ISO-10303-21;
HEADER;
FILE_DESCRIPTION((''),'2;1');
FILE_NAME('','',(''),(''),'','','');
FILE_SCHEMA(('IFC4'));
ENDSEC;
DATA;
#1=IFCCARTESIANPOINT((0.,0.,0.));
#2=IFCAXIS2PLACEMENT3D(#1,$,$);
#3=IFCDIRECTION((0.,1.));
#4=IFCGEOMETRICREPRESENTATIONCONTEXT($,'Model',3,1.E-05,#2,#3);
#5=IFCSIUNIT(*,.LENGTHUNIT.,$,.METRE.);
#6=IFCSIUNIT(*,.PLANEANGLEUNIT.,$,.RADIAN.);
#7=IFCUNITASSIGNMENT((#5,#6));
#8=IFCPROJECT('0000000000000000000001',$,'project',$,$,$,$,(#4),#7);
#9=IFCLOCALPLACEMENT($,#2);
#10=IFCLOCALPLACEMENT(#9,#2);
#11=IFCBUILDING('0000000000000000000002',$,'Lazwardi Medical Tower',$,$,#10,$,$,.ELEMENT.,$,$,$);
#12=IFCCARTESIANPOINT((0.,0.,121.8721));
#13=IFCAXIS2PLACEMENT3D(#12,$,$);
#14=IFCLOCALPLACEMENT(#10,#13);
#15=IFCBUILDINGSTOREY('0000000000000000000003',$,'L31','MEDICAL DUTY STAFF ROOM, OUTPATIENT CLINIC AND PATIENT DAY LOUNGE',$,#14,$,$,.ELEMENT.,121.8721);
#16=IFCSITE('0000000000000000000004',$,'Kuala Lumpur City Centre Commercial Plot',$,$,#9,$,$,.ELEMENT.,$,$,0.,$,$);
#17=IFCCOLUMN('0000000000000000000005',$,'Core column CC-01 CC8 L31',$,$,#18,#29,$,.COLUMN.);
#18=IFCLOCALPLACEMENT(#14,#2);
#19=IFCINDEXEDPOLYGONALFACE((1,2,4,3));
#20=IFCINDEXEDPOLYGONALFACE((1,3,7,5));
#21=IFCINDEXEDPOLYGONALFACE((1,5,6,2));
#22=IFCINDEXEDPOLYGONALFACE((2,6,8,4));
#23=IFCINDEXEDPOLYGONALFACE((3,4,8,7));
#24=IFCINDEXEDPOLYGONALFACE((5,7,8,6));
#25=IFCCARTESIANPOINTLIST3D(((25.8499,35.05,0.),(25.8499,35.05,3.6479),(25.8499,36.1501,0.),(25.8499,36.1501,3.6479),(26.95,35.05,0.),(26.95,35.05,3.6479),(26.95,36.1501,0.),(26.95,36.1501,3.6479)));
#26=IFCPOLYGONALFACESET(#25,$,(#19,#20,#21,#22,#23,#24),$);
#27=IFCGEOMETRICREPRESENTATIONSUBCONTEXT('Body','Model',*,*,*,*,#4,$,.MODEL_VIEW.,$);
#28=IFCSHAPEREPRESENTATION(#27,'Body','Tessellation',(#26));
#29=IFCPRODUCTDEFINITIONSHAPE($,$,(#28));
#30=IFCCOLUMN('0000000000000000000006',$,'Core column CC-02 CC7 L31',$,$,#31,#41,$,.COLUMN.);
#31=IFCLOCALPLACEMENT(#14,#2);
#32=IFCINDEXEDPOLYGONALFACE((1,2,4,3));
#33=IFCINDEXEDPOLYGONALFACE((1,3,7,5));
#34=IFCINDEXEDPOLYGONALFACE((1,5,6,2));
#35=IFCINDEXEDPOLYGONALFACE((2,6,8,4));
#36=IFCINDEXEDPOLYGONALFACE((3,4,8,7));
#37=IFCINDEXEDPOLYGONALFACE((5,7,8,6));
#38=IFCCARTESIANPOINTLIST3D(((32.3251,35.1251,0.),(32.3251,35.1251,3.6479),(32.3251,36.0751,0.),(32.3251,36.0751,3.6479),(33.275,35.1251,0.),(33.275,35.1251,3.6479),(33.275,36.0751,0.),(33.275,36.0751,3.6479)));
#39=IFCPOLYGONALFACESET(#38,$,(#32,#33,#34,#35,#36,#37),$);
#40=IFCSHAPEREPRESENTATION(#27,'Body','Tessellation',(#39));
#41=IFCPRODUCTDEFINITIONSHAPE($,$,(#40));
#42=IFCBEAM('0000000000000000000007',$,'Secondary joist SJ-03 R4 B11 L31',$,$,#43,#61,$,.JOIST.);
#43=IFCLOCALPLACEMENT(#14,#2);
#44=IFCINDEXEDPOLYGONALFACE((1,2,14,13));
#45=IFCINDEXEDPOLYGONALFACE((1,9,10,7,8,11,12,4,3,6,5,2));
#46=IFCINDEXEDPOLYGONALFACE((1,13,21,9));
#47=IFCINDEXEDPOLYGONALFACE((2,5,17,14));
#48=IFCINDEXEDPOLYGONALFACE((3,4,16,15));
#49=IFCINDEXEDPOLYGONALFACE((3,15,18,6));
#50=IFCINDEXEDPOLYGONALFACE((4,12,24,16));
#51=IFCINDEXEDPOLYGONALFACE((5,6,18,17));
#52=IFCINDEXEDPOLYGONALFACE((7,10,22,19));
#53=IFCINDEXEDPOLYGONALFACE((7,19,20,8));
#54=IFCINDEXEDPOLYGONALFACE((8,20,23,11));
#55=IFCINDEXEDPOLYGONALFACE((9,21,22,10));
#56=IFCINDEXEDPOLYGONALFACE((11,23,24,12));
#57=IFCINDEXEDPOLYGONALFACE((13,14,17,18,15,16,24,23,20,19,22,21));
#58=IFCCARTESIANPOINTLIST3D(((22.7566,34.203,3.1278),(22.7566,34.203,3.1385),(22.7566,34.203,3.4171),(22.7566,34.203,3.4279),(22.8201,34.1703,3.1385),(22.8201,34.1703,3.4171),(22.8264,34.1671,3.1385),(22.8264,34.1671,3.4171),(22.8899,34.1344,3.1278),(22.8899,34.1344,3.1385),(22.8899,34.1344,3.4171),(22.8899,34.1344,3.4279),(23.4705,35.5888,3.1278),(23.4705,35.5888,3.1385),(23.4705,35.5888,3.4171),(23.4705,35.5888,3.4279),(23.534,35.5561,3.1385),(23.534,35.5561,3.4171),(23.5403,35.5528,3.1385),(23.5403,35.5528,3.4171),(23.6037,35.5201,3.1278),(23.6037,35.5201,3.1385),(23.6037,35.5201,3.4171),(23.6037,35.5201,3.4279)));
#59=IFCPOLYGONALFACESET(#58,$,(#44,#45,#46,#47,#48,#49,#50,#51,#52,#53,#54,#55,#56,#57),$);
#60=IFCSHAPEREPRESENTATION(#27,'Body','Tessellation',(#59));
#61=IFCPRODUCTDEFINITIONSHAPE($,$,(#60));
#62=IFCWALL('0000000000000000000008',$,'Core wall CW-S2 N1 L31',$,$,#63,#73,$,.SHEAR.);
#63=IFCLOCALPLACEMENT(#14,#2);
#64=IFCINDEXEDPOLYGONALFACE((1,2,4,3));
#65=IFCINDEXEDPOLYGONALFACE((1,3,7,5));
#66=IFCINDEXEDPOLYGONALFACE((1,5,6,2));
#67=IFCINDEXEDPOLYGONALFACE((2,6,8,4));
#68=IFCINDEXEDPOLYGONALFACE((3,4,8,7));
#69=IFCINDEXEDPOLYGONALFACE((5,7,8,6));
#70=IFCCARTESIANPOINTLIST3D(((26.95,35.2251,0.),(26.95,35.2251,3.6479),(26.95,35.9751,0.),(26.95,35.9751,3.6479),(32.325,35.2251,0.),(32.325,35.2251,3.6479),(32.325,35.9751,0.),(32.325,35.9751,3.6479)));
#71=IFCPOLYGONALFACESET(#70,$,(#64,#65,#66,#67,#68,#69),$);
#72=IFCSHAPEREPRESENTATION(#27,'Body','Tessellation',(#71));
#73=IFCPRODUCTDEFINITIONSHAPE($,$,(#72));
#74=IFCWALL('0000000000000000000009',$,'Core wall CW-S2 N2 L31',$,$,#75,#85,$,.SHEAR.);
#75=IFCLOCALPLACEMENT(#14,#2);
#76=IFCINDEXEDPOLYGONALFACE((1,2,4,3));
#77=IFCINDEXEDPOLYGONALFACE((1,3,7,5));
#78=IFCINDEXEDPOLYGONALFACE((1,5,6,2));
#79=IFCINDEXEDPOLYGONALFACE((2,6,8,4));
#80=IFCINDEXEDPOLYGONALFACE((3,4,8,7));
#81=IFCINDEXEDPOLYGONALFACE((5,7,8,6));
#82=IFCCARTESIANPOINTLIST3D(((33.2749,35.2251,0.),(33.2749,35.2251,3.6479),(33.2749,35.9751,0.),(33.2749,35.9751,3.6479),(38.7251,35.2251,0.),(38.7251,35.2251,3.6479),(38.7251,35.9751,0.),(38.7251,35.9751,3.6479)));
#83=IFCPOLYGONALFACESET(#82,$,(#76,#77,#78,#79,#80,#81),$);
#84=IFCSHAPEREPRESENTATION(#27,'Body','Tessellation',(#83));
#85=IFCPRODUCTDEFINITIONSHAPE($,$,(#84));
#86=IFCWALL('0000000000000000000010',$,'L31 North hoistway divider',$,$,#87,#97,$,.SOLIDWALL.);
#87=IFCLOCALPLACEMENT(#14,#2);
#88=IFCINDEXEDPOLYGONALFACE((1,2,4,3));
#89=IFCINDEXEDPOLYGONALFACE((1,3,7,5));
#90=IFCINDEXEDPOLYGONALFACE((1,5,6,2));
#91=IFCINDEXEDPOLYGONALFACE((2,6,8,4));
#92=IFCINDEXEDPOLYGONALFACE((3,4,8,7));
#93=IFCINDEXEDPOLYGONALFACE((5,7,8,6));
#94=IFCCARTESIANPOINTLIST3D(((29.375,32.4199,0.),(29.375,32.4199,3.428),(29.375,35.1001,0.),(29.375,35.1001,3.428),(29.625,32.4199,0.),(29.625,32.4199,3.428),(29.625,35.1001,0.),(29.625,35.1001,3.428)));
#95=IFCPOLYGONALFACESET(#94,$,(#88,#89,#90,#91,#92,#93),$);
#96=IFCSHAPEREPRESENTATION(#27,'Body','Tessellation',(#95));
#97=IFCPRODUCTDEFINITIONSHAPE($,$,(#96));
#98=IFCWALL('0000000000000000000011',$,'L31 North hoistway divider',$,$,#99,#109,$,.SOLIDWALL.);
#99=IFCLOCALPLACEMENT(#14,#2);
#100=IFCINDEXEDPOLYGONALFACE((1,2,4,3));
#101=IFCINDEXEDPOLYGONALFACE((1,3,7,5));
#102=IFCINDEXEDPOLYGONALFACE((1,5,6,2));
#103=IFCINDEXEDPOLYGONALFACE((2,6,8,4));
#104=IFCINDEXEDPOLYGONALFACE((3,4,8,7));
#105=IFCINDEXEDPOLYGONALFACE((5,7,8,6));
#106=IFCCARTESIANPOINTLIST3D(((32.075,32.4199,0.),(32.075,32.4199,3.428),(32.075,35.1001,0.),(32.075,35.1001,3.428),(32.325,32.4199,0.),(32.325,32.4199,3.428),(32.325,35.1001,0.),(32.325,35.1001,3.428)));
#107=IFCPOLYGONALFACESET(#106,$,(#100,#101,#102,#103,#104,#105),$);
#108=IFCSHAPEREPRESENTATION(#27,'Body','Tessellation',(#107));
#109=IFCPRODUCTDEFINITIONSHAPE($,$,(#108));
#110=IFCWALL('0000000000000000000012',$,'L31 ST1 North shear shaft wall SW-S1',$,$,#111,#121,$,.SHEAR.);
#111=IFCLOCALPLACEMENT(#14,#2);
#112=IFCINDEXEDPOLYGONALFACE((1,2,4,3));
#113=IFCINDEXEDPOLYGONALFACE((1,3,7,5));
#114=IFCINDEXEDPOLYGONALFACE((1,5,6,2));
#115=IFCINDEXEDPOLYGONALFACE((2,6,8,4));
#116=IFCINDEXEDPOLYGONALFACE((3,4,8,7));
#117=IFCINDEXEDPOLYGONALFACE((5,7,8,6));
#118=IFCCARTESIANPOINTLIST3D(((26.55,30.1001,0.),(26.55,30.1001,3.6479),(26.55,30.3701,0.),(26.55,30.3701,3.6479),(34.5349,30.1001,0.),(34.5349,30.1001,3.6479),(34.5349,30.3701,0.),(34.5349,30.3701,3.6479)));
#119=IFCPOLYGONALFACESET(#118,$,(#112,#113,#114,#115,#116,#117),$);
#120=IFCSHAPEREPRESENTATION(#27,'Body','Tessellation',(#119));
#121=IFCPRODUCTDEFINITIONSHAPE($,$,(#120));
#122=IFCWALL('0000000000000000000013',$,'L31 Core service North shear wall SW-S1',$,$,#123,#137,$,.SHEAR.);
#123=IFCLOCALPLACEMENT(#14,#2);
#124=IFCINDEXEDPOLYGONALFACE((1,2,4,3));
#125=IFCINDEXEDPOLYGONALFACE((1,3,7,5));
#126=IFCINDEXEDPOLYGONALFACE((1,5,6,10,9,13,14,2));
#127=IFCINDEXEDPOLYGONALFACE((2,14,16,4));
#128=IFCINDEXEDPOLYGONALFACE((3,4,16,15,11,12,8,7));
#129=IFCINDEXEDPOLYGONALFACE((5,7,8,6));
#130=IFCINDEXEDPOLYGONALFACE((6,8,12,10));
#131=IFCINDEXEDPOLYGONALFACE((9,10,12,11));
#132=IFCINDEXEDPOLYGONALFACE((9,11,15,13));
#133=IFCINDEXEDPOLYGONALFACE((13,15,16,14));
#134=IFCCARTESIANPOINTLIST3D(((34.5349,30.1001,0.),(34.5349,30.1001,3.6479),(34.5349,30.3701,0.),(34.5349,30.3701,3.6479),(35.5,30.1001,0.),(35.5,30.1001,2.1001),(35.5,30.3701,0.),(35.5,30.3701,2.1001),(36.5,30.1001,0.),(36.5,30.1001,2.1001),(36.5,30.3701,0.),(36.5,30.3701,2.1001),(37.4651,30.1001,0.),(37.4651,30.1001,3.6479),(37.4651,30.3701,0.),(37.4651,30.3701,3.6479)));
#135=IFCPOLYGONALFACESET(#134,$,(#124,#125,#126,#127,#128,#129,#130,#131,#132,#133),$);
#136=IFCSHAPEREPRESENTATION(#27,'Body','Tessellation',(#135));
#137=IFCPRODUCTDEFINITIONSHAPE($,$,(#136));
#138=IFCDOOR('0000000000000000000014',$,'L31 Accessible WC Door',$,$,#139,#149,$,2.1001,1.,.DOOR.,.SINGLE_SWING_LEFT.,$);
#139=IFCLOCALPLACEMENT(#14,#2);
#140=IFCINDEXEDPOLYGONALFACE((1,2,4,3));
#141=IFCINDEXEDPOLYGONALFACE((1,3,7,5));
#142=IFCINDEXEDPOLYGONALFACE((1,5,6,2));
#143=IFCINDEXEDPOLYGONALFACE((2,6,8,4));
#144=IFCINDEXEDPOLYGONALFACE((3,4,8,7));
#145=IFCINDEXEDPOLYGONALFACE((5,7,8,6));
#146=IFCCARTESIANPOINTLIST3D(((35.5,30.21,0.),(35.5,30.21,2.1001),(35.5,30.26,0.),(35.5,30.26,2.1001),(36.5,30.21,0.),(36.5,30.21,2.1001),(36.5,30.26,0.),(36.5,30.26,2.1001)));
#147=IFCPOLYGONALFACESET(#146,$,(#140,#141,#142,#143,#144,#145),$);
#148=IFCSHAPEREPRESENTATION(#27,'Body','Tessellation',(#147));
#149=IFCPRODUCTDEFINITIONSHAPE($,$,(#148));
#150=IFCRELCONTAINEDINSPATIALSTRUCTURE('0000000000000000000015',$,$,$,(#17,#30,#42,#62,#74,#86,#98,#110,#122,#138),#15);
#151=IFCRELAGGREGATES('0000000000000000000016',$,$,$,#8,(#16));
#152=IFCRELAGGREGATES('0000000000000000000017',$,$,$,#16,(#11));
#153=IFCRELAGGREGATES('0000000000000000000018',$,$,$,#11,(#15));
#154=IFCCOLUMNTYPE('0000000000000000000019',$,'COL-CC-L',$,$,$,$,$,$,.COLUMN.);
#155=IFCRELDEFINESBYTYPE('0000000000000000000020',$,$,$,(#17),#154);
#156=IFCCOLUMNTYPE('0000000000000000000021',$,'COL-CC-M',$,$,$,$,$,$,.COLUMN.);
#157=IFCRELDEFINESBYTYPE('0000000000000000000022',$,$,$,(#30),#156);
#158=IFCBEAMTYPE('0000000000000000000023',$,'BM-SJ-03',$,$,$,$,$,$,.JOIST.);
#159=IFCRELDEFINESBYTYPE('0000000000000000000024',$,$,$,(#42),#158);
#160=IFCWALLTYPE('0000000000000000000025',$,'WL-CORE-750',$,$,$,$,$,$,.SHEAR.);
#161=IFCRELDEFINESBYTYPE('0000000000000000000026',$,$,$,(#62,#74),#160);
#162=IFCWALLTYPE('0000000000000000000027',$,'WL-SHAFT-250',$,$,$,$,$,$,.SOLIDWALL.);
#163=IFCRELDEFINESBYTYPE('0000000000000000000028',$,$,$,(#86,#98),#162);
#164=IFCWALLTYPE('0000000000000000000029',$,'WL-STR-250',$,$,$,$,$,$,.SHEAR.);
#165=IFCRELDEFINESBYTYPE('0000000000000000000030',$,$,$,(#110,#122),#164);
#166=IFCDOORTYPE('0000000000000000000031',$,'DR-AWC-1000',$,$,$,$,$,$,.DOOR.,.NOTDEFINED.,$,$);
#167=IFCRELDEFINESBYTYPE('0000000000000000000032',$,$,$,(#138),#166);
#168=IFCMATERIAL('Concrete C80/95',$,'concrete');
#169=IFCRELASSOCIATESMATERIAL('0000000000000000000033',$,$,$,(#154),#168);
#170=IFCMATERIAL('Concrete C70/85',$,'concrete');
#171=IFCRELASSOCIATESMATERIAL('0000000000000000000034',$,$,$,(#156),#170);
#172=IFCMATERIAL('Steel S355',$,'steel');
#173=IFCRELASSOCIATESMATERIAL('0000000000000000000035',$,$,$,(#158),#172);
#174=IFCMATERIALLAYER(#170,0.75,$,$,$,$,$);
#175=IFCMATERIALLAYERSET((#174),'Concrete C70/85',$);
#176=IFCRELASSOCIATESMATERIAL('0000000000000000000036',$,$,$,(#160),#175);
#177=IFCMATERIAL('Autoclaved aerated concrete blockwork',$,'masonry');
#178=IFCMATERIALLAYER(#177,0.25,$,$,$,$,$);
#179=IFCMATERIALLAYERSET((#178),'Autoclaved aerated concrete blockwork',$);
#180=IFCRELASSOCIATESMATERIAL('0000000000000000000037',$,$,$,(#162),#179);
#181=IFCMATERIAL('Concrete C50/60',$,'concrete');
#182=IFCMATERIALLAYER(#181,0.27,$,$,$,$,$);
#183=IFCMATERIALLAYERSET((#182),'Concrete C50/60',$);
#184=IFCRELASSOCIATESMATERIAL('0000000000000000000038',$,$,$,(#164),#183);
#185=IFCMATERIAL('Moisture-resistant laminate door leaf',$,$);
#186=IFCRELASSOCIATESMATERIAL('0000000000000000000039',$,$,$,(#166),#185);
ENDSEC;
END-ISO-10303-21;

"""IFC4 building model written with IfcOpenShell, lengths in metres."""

from ifc_helpers import new_model, si_unit, direction, frame, frame_2d, origin, origin_2d, place, context, subcontext, project, spatial, rectangle, i_section, extrude, material, layer, layer_set, material_profile, profile_set, type_object, element, fill, save


model = new_model("IFC4")

# Units and contexts
model_context = context("Model", 3, precision=1e-05, world=origin(), true_north=direction((0.0, 1.0)))
body_context = subcontext(model_context, "Body", "Model", "MODEL_VIEW")
ifc_project = project(units=[si_unit("LENGTHUNIT", "METRE"), si_unit("PLANEANGLEUNIT", "RADIAN")], contexts=[model_context])

# Site, building, storey
site_placement = place(None, origin())
site = spatial("IfcSite", under=ifc_project, at=site_placement, Name="Kuala Lumpur City Centre Commercial Plot", CompositionType="ELEMENT", RefElevation=0.0)
building_placement = place(site_placement, origin())
building = spatial("IfcBuilding", under=site, at=building_placement, Name="Lazwardi Medical Tower", CompositionType="ELEMENT")
storey_placement = place(building_placement, frame((0.0, 0.0, 121.8721)))
storey = spatial("IfcBuildingStorey", under=building, at=storey_placement, Name="L31", Description="MEDICAL DUTY STAFF ROOM, OUTPATIENT CLINIC AND PATIENT DAY LOUNGE", CompositionType="ELEMENT", Elevation=121.8721)

# Columns
ifc_material_1 = material(Name="Concrete C80/95", Category="concrete")
ifc_material_profile_1 = material_profile(ifc_material_1, rectangle(XDim=1.1001, YDim=1.1001, at=origin_2d()), Name="RC 1100x1100")
ifc_profile_set_1 = profile_set([ifc_material_profile_1], Name="Concrete C80/95")
column_type_1 = type_object("IfcColumnType", Name="COL-CC-L", PredefinedType="COLUMN", material=ifc_profile_set_1)
column_1_placement = place(storey_placement, frame((26.3999, 35.6001, 0.0), z_axis=(0.0, 0.0, 1.0), x_axis=(1.0, 0.0, 0.0)))
element("IfcColumn", 1, at=column_1_placement, inside=storey, type_object=column_type_1, Name="Core column CC-01 CC8 L31", PredefinedType="COLUMN", context=body_context, shape_type="SweptSolid", body=[
    extrude(rectangle(XDim=1.1001, YDim=1.1001, at=origin_2d()), origin(), (0.0, 0.0, 1.0), 3.6479),
])
ifc_material_2 = material(Name="Concrete C70/85", Category="concrete")
ifc_material_profile_2 = material_profile(ifc_material_2, rectangle(XDim=0.95, YDim=0.95, at=origin_2d()), Name="RC 950x950")
ifc_profile_set_2 = profile_set([ifc_material_profile_2], Name="Concrete C70/85")
column_type_2 = type_object("IfcColumnType", Name="COL-CC-M", PredefinedType="COLUMN", material=ifc_profile_set_2)
column_2_placement = place(storey_placement, frame((32.8, 35.6001, 0.0), z_axis=(0.0, 0.0, 1.0), x_axis=(1.0, 0.0, 0.0)))
element("IfcColumn", 2, at=column_2_placement, inside=storey, type_object=column_type_2, Name="Core column CC-02 CC7 L31", PredefinedType="COLUMN", context=body_context, shape_type="SweptSolid", body=[
    extrude(rectangle(XDim=0.95, YDim=0.95, at=origin_2d()), origin(), (0.0, 0.0, 1.0), 3.6479),
])

# Beam
ifc_material_3 = material(Name="Steel S355", Category="steel")
ifc_material_profile_3 = material_profile(ifc_material_3, i_section(OverallWidth=0.1499, OverallDepth=0.3, WebThickness=0.0071, FlangeThickness=0.0107, at=origin_2d()), Name="IPE 300")
ifc_profile_set_3 = profile_set([ifc_material_profile_3], Name="Steel S355")
beam_type = type_object("IfcBeamType", Name="BM-SJ-03", PredefinedType="JOIST", material=ifc_profile_set_3)
beam_placement = place(storey_placement, frame((23.5371, 35.5544, 3.2778), z_axis=(-0.457957, -0.888975, 0.0), x_axis=(0.888975, -0.457957, 0.0)))
element("IfcBeam", 3, at=beam_placement, inside=storey, type_object=beam_type, Name="Secondary joist SJ-03 R4 B11 L31", PredefinedType="JOIST", context=body_context, shape_type="SweptSolid", body=[
    extrude(i_section(OverallWidth=0.1499, OverallDepth=0.3, WebThickness=0.0071, FlangeThickness=0.0107, at=origin_2d()), origin(), (0.0, 0.0, 1.0), 1.5588),
])

# Walls
ifc_layer_1 = layer(ifc_material_2, 0.75)
ifc_layer_set_1 = layer_set([ifc_layer_1], Name="Concrete C70/85")
wall_type_1 = type_object("IfcWallType", Name="WL-CORE-750", PredefinedType="SHEAR", material=ifc_layer_set_1)
wall_1_placement = place(storey_placement, frame((26.95, 35.6001, 0.0), z_axis=(0.0, 0.0, 1.0), x_axis=(1.0, 0.0, 0.0)))
element("IfcWall", 4, at=wall_1_placement, inside=storey, type_object=wall_type_1, Name="Core wall CW-S2 N1 L31", PredefinedType="SHEAR", context=body_context, shape_type="SweptSolid", body=[
    extrude(rectangle(XDim=5.375, YDim=0.75, at=frame_2d((2.6875, 0.0))), origin(), (0.0, 0.0, 1.0), 3.6479),
])
wall_2_placement = place(storey_placement, frame((33.2749, 35.6001, 0.0), z_axis=(0.0, 0.0, 1.0), x_axis=(1.0, 0.0, 0.0)))
element("IfcWall", 5, at=wall_2_placement, inside=storey, type_object=wall_type_1, Name="Core wall CW-S2 N2 L31", PredefinedType="SHEAR", context=body_context, shape_type="SweptSolid", body=[
    extrude(rectangle(XDim=5.4502, YDim=0.75, at=frame_2d((2.7251, 0.0))), origin(), (0.0, 0.0, 1.0), 3.6479),
])
ifc_material_4 = material(Name="Autoclaved aerated concrete blockwork", Category="masonry")
ifc_layer_2 = layer(ifc_material_4, 0.25)
ifc_layer_set_2 = layer_set([ifc_layer_2], Name="Autoclaved aerated concrete blockwork")
wall_type_2 = type_object("IfcWallType", Name="WL-SHAFT-250", PredefinedType="SOLIDWALL", material=ifc_layer_set_2)
for number, where, z_axis, x_axis, name in (
    (6, (29.5, 32.4199, 0.0), (0.0, 0.0, 1.0), (0.0, 1.0, 0.0), "L31 North hoistway divider"),
    (7, (32.2, 32.4199, 0.0), (0.0, 0.0, 1.0), (0.0, 1.0, 0.0), "L31 North hoistway divider"),
):
    element("IfcWall", number, at=place(storey_placement, frame(where, z_axis=z_axis, x_axis=x_axis)), inside=storey, type_object=wall_type_2, Name=name, PredefinedType="SOLIDWALL", context=body_context, shape_type="SweptSolid", body=[
        extrude(rectangle(XDim=2.6802, YDim=0.25, at=frame_2d((1.3401, 0.0))), origin(), (0.0, 0.0, 1.0), 3.428),
    ])
ifc_material_5 = material(Name="Concrete C50/60", Category="concrete")
ifc_layer_3 = layer(ifc_material_5, 0.27)
ifc_layer_set_3 = layer_set([ifc_layer_3], Name="Concrete C50/60")
wall_type_3 = type_object("IfcWallType", Name="WL-STR-250", PredefinedType="SHEAR", material=ifc_layer_set_3)
wall_3_placement = place(storey_placement, frame((26.55, 30.2351, 0.0), z_axis=(0.0, 0.0, 1.0), x_axis=(1.0, 0.0, 0.0)))
element("IfcWall", 8, at=wall_3_placement, inside=storey, type_object=wall_type_3, Name="L31 ST1 North shear shaft wall SW-S1", PredefinedType="SHEAR", context=body_context, shape_type="SweptSolid", body=[
    extrude(rectangle(XDim=7.9849, YDim=0.27, at=frame_2d((3.9924, 0.0))), origin(), (0.0, 0.0, 1.0), 3.6479),
])

# Wall, opening, door
wall_4_placement = place(storey_placement, frame((34.5349, 30.2351, 0.0), z_axis=(0.0, 0.0, 1.0), x_axis=(1.0, 0.0, 0.0)))
wall_4 = element("IfcWall", 9, at=wall_4_placement, inside=storey, type_object=wall_type_3, Name="L31 Core service North shear wall SW-S1", PredefinedType="SHEAR", context=body_context, shape_type="SweptSolid", body=[
    extrude(rectangle(XDim=2.9302, YDim=0.27, at=frame_2d((1.4651, 0.0))), origin(), (0.0, 0.0, 1.0), 3.6479),
])
opening_1_placement = place(wall_4_placement, frame((0.9651, 0.0, 0.0)))
opening_1 = element("IfcOpeningElement", 10, at=opening_1_placement, cuts=wall_4, PredefinedType="OPENING", context=body_context, shape_type="SweptSolid", body=[
    extrude(rectangle(XDim=1.0, YDim=2.1001, at=frame_2d((0.5, 1.05))), frame((0.0, 0.145, 0.0), z_axis=(0.0, -1.0, 0.0), x_axis=(1.0, 0.0, 0.0)), (0.0, 0.0, 1.0), 0.29),
])
ifc_material_6 = material(Name="Moisture-resistant laminate door leaf")
door_type_1 = type_object("IfcDoorType", Name="DR-AWC-1000", OperationType="NOTDEFINED", PredefinedType="DOOR", material=ifc_material_6)
door_1_placement = place(opening_1_placement, origin())
door_1 = element("IfcDoor", 11, at=door_1_placement, inside=storey, type_object=door_type_1, Name="L31 Accessible WC Door", OperationType="SINGLE_SWING_LEFT", OverallHeight=2.1001, OverallWidth=1.0, PredefinedType="DOOR", context=body_context, shape_type="SweptSolid", body=[
    extrude(rectangle(XDim=1.0, YDim=2.1001, at=frame_2d((0.5, 1.05))), frame((0.0, 0.0249, 0.0), z_axis=(0.0, -1.0, 0.0), x_axis=(1.0, 0.0, 0.0)), (0.0, 0.0, 1.0), 0.05),
])
fill(opening_1, door_1)

save(model, "model.ifc")
